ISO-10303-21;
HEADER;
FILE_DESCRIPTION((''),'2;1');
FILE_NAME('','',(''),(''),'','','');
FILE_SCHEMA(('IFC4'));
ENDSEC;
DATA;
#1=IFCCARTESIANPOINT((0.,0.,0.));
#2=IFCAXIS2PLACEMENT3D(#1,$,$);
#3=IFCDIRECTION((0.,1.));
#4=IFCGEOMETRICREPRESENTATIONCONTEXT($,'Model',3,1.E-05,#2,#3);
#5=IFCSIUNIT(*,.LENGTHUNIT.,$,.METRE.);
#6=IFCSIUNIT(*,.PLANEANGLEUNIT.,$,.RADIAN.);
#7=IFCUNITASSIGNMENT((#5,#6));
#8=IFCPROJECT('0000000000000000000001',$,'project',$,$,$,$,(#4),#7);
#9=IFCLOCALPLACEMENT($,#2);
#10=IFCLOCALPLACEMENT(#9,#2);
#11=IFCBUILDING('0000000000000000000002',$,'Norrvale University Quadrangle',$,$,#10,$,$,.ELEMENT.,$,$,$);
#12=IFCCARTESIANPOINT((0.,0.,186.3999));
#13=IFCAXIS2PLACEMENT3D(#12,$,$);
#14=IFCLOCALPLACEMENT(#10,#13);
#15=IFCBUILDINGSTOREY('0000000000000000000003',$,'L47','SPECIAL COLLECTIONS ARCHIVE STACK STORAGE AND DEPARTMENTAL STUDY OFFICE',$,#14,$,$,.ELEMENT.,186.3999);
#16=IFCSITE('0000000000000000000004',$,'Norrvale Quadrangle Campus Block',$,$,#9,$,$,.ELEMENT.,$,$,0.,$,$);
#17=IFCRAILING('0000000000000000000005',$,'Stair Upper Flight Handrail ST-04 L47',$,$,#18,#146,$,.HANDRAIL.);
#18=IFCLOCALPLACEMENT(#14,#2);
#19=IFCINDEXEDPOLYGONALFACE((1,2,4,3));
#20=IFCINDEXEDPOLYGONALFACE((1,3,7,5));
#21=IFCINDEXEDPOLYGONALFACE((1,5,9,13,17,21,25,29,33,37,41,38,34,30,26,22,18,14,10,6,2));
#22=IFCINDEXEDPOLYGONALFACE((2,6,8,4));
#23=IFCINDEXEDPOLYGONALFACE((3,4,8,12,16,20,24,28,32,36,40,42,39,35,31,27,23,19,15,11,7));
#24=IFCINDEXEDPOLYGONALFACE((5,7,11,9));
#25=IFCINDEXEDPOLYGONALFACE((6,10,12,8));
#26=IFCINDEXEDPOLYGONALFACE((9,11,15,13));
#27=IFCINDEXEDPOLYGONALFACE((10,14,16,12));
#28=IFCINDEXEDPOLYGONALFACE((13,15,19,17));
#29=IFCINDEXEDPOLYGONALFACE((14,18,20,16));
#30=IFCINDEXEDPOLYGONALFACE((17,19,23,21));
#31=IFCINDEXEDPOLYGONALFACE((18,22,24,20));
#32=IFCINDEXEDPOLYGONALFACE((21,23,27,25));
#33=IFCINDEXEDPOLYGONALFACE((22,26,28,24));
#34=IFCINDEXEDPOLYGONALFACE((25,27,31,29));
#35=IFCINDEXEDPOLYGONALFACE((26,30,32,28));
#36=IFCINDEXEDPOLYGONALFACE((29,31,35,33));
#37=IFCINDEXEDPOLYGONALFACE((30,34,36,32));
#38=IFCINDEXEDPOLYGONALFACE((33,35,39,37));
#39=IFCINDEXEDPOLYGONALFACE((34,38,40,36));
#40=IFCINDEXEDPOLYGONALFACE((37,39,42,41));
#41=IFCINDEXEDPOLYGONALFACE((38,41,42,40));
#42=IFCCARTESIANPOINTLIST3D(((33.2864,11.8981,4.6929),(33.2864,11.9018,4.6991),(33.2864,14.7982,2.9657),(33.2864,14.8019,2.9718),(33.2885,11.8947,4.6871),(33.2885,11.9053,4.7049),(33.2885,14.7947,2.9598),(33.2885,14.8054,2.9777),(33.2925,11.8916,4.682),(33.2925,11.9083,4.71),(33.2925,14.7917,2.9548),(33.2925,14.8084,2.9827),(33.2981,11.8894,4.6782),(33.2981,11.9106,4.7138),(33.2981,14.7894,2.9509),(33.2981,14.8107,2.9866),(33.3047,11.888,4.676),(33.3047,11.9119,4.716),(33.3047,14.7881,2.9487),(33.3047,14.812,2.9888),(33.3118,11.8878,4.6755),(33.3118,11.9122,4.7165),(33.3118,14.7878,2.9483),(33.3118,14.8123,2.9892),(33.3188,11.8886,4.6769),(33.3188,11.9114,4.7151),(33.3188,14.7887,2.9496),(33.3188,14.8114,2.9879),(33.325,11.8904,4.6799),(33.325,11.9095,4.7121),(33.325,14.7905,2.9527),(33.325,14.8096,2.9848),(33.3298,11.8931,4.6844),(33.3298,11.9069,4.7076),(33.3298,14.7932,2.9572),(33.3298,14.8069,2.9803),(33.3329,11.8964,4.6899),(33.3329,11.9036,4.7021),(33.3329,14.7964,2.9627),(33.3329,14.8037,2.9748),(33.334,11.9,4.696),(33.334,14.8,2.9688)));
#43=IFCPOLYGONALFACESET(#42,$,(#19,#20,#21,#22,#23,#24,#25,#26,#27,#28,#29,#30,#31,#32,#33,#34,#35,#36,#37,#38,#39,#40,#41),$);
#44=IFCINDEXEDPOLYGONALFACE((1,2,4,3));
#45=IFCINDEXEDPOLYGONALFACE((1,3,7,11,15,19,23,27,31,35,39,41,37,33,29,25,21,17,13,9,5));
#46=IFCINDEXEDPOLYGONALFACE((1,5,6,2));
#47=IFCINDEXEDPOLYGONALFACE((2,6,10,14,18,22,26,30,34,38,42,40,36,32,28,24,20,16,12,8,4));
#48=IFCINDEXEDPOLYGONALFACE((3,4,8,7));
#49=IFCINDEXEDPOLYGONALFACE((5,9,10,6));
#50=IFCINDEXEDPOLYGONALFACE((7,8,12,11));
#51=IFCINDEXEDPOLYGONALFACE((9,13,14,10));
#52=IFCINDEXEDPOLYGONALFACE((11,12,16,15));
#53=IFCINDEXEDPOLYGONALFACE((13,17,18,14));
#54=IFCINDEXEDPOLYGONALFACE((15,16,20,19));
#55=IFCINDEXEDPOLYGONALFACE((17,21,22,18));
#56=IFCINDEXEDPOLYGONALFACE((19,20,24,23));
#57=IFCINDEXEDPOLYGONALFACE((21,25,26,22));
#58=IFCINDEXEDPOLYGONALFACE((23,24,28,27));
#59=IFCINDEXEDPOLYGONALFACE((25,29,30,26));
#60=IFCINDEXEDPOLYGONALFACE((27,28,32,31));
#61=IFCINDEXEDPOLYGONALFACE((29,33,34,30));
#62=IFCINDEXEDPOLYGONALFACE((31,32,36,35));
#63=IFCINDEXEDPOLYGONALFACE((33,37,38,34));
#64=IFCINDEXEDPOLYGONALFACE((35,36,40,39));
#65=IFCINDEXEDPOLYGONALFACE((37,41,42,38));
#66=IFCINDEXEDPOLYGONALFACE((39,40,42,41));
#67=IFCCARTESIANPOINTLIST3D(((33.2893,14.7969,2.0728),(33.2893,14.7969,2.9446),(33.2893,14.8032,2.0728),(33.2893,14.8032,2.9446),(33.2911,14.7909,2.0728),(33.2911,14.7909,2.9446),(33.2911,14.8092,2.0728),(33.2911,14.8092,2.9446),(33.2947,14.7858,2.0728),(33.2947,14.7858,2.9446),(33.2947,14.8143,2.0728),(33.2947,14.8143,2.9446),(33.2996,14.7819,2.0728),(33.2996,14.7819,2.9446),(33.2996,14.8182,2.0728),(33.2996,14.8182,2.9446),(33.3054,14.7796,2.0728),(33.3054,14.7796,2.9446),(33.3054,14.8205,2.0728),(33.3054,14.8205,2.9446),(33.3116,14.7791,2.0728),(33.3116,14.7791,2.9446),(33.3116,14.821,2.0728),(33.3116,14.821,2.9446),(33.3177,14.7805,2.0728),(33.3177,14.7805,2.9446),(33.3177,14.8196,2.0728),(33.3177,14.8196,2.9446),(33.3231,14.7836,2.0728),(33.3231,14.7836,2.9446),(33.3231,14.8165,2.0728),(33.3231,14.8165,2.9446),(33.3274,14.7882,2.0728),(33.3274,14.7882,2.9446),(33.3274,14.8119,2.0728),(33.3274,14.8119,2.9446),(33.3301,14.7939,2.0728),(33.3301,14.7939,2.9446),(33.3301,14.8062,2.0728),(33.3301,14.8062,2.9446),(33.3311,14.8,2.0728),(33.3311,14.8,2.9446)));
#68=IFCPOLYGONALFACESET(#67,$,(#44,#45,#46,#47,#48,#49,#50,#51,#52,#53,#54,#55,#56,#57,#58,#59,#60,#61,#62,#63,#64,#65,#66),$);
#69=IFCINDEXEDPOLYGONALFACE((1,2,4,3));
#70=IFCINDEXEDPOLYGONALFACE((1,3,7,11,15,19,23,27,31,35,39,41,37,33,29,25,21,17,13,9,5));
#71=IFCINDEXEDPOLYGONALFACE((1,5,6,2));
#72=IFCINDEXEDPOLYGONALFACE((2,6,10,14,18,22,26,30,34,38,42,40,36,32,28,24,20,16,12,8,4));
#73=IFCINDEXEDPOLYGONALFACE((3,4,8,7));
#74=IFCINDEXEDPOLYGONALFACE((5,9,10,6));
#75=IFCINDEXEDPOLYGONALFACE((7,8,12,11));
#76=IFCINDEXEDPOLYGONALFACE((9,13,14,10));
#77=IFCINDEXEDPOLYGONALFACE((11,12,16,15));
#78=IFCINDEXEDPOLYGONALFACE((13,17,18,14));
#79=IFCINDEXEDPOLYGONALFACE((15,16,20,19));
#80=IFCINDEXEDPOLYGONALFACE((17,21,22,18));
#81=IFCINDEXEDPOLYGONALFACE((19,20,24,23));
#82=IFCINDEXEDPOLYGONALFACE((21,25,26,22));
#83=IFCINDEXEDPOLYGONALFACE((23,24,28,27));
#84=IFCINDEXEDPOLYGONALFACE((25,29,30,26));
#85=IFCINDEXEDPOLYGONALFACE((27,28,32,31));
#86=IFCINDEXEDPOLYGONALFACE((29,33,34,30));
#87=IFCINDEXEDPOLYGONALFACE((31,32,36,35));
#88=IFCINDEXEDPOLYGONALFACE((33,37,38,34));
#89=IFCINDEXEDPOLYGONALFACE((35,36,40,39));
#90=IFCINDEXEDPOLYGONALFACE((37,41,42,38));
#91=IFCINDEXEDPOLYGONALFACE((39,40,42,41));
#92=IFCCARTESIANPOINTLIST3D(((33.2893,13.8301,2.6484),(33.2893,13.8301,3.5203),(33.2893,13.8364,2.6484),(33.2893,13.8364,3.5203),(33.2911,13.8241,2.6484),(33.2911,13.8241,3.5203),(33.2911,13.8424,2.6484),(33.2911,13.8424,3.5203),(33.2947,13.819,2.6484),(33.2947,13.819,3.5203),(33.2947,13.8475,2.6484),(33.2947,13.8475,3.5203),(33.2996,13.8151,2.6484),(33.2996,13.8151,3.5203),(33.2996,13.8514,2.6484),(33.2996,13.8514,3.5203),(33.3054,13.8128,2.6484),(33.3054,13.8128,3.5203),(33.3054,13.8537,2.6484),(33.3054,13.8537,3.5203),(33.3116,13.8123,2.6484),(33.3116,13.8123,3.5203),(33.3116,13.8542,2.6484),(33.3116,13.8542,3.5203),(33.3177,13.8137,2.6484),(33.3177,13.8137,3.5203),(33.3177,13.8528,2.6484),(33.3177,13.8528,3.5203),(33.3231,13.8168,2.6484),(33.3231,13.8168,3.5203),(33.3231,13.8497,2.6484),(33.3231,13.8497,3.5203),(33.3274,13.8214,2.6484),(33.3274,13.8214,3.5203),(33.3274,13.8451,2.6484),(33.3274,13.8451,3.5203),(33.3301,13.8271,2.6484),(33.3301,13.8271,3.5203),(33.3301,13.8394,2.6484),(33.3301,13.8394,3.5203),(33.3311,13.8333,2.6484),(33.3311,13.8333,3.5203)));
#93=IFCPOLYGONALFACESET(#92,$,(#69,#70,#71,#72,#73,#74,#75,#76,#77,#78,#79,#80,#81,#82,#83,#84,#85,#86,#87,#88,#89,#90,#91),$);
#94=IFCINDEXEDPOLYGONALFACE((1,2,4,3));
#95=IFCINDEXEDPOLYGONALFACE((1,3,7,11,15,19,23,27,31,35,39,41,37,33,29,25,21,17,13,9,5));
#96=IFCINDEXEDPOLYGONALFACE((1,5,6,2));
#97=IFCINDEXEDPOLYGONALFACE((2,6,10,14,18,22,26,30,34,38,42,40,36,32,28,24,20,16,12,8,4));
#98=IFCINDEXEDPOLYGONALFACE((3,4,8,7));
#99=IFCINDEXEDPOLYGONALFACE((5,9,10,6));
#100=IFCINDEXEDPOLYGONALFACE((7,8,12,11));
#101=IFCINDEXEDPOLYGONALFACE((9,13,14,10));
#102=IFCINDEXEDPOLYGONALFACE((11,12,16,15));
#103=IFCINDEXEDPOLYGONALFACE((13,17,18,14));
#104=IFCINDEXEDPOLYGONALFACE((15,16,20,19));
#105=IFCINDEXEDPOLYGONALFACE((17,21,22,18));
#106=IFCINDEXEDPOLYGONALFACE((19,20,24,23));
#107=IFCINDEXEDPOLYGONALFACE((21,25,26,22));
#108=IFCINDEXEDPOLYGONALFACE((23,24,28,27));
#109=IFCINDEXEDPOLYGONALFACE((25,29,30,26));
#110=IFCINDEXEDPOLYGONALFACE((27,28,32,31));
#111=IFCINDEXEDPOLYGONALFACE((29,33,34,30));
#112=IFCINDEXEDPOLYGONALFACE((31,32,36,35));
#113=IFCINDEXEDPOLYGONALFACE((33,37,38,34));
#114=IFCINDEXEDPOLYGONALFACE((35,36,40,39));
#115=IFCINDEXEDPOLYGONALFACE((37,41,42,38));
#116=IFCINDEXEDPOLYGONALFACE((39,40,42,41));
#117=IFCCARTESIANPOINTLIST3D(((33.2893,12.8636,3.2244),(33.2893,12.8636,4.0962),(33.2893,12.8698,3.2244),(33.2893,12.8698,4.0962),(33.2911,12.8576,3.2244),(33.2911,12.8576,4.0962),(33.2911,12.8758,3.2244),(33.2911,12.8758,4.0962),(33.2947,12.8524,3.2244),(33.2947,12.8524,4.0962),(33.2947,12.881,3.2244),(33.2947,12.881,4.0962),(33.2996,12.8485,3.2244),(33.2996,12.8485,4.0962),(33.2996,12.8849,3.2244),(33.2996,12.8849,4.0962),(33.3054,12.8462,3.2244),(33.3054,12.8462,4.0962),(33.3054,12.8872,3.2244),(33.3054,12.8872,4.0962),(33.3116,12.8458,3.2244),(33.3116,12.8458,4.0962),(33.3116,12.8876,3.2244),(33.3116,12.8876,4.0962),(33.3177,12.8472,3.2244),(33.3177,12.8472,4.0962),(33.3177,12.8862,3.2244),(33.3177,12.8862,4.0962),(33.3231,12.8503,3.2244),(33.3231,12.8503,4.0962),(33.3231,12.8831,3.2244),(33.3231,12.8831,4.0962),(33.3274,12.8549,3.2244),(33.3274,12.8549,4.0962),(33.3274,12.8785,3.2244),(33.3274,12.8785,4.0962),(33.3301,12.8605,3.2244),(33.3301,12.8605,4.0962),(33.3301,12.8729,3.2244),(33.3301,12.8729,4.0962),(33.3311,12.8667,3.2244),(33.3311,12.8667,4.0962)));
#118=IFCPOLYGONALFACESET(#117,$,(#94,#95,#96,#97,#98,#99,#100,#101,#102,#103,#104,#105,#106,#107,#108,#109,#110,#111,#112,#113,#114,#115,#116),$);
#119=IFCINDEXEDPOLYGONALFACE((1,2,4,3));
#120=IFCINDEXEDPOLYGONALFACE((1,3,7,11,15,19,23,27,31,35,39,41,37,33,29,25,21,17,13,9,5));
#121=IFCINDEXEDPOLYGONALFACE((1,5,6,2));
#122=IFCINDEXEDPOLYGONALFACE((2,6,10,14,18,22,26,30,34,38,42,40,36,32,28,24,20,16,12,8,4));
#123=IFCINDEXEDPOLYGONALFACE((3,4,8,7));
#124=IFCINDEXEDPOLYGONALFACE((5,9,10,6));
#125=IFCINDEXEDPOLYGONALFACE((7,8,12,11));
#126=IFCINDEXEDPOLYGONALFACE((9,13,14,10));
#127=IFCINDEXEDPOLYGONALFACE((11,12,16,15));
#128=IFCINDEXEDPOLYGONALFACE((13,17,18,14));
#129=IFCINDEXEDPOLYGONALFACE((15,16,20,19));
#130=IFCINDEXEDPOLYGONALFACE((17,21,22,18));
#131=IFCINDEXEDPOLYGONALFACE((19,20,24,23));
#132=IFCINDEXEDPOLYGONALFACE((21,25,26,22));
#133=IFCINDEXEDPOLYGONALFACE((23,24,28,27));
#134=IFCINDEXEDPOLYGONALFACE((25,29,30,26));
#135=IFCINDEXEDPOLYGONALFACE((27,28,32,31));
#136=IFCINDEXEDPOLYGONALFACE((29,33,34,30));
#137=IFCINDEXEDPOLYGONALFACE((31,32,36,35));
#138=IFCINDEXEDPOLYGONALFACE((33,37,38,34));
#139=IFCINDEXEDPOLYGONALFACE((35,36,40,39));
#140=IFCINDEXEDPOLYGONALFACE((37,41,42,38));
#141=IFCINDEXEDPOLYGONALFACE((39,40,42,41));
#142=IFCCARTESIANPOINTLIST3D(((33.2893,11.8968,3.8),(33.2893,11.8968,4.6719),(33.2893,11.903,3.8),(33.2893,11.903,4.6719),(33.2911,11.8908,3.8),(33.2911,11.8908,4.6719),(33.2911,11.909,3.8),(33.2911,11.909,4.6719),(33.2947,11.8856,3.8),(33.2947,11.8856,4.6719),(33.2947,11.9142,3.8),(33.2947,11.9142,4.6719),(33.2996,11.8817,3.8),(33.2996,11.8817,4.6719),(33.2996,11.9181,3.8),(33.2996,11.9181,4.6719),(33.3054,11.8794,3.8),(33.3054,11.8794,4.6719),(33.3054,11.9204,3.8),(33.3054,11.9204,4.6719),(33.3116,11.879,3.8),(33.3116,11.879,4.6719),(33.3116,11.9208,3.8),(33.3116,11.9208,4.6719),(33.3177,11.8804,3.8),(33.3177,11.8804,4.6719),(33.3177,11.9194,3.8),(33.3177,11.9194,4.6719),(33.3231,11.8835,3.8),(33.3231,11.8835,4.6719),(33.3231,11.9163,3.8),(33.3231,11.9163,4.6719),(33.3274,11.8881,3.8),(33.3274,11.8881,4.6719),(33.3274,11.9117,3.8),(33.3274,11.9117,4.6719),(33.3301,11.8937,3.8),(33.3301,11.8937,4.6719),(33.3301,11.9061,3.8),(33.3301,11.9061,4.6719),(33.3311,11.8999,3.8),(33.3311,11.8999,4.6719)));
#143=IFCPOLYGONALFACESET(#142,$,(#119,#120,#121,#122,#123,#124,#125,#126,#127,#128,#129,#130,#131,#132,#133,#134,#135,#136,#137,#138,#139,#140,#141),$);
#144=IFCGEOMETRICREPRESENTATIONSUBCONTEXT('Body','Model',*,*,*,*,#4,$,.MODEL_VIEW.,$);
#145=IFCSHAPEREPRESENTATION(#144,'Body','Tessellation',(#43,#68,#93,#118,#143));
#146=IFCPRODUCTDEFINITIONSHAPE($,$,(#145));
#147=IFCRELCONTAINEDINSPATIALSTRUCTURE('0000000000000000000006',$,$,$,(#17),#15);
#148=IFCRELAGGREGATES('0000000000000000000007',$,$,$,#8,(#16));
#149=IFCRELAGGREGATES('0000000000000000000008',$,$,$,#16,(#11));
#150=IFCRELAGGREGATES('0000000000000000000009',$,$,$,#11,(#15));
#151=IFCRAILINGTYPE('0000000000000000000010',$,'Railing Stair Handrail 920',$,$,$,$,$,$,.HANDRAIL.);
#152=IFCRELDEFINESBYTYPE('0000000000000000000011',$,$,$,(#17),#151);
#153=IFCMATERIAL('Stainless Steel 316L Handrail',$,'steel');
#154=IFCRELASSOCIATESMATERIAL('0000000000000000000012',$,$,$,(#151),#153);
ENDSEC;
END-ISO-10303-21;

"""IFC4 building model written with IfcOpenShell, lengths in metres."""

from ifc_helpers import new_model, si_unit, direction, frame, origin, origin_2d, place, context, subcontext, project, spatial, circle, extrude, material, type_object, element, save


model = new_model("IFC4")

# Units and contexts
model_context = context("Model", 3, precision=1e-05, world=origin(), true_north=direction((0.0, 1.0)))
body_context = subcontext(model_context, "Body", "Model", "MODEL_VIEW")
ifc_project = project(units=[si_unit("LENGTHUNIT", "METRE"), si_unit("PLANEANGLEUNIT", "RADIAN")], contexts=[model_context])

# Site, building, storey
site_placement = place(None, origin())
site = spatial("IfcSite", under=ifc_project, at=site_placement, Name="Norrvale Quadrangle Campus Block", CompositionType="ELEMENT", RefElevation=0.0)
building_placement = place(site_placement, origin())
building = spatial("IfcBuilding", under=site, at=building_placement, Name="Norrvale University Quadrangle", CompositionType="ELEMENT")
storey_placement = place(building_placement, frame((0.0, 0.0, 186.3999)))
storey = spatial("IfcBuildingStorey", under=building, at=storey_placement, Name="L47", Description="SPECIAL COLLECTIONS ARCHIVE STACK STORAGE AND DEPARTMENTAL STUDY OFFICE", CompositionType="ELEMENT", Elevation=186.3999)

# Railing
ifc_material_1 = material(Name="Stainless Steel 316L Handrail", Category="steel")
railing_type_1 = type_object("IfcRailingType", Name="Railing Stair Handrail 920", PredefinedType="HANDRAIL", material=ifc_material_1)
railing_1_placement = place(storey_placement, frame((33.3101, 14.8, 2.0728)))
element("IfcRailing", 1, at=railing_1_placement, inside=storey, type_object=railing_type_1, Name="Stair Upper Flight Handrail ST-04 L47", PredefinedType="HANDRAIL", context=body_context, shape_type="SweptSolid", body=[
    extrude(circle(Radius=0.0239, at=origin_2d()), frame((0.0, 0.0, 0.896), z_axis=(0.0, -0.85916, 0.511706), x_axis=(1.0, 0.0, 0.0)), (0.0, 0.0, 1.0), 3.3755),
    extrude(circle(Radius=0.021, at=origin_2d()), origin(), (0.0, 0.0, 1.0), 0.8718),
    extrude(circle(Radius=0.021, at=origin_2d()), frame((0.0, -0.9668, 0.5757)), (0.0, 0.0, 1.0), 0.8718),
    extrude(circle(Radius=0.021, at=origin_2d()), frame((0.0, -1.9333, 1.1516)), (0.0, 0.0, 1.0), 0.8718),
    extrude(circle(Radius=0.021, at=origin_2d()), frame((0.0, -2.9001, 1.7273)), (0.0, 0.0, 1.0), 0.8718),
])

save(model, "model.ifc")
